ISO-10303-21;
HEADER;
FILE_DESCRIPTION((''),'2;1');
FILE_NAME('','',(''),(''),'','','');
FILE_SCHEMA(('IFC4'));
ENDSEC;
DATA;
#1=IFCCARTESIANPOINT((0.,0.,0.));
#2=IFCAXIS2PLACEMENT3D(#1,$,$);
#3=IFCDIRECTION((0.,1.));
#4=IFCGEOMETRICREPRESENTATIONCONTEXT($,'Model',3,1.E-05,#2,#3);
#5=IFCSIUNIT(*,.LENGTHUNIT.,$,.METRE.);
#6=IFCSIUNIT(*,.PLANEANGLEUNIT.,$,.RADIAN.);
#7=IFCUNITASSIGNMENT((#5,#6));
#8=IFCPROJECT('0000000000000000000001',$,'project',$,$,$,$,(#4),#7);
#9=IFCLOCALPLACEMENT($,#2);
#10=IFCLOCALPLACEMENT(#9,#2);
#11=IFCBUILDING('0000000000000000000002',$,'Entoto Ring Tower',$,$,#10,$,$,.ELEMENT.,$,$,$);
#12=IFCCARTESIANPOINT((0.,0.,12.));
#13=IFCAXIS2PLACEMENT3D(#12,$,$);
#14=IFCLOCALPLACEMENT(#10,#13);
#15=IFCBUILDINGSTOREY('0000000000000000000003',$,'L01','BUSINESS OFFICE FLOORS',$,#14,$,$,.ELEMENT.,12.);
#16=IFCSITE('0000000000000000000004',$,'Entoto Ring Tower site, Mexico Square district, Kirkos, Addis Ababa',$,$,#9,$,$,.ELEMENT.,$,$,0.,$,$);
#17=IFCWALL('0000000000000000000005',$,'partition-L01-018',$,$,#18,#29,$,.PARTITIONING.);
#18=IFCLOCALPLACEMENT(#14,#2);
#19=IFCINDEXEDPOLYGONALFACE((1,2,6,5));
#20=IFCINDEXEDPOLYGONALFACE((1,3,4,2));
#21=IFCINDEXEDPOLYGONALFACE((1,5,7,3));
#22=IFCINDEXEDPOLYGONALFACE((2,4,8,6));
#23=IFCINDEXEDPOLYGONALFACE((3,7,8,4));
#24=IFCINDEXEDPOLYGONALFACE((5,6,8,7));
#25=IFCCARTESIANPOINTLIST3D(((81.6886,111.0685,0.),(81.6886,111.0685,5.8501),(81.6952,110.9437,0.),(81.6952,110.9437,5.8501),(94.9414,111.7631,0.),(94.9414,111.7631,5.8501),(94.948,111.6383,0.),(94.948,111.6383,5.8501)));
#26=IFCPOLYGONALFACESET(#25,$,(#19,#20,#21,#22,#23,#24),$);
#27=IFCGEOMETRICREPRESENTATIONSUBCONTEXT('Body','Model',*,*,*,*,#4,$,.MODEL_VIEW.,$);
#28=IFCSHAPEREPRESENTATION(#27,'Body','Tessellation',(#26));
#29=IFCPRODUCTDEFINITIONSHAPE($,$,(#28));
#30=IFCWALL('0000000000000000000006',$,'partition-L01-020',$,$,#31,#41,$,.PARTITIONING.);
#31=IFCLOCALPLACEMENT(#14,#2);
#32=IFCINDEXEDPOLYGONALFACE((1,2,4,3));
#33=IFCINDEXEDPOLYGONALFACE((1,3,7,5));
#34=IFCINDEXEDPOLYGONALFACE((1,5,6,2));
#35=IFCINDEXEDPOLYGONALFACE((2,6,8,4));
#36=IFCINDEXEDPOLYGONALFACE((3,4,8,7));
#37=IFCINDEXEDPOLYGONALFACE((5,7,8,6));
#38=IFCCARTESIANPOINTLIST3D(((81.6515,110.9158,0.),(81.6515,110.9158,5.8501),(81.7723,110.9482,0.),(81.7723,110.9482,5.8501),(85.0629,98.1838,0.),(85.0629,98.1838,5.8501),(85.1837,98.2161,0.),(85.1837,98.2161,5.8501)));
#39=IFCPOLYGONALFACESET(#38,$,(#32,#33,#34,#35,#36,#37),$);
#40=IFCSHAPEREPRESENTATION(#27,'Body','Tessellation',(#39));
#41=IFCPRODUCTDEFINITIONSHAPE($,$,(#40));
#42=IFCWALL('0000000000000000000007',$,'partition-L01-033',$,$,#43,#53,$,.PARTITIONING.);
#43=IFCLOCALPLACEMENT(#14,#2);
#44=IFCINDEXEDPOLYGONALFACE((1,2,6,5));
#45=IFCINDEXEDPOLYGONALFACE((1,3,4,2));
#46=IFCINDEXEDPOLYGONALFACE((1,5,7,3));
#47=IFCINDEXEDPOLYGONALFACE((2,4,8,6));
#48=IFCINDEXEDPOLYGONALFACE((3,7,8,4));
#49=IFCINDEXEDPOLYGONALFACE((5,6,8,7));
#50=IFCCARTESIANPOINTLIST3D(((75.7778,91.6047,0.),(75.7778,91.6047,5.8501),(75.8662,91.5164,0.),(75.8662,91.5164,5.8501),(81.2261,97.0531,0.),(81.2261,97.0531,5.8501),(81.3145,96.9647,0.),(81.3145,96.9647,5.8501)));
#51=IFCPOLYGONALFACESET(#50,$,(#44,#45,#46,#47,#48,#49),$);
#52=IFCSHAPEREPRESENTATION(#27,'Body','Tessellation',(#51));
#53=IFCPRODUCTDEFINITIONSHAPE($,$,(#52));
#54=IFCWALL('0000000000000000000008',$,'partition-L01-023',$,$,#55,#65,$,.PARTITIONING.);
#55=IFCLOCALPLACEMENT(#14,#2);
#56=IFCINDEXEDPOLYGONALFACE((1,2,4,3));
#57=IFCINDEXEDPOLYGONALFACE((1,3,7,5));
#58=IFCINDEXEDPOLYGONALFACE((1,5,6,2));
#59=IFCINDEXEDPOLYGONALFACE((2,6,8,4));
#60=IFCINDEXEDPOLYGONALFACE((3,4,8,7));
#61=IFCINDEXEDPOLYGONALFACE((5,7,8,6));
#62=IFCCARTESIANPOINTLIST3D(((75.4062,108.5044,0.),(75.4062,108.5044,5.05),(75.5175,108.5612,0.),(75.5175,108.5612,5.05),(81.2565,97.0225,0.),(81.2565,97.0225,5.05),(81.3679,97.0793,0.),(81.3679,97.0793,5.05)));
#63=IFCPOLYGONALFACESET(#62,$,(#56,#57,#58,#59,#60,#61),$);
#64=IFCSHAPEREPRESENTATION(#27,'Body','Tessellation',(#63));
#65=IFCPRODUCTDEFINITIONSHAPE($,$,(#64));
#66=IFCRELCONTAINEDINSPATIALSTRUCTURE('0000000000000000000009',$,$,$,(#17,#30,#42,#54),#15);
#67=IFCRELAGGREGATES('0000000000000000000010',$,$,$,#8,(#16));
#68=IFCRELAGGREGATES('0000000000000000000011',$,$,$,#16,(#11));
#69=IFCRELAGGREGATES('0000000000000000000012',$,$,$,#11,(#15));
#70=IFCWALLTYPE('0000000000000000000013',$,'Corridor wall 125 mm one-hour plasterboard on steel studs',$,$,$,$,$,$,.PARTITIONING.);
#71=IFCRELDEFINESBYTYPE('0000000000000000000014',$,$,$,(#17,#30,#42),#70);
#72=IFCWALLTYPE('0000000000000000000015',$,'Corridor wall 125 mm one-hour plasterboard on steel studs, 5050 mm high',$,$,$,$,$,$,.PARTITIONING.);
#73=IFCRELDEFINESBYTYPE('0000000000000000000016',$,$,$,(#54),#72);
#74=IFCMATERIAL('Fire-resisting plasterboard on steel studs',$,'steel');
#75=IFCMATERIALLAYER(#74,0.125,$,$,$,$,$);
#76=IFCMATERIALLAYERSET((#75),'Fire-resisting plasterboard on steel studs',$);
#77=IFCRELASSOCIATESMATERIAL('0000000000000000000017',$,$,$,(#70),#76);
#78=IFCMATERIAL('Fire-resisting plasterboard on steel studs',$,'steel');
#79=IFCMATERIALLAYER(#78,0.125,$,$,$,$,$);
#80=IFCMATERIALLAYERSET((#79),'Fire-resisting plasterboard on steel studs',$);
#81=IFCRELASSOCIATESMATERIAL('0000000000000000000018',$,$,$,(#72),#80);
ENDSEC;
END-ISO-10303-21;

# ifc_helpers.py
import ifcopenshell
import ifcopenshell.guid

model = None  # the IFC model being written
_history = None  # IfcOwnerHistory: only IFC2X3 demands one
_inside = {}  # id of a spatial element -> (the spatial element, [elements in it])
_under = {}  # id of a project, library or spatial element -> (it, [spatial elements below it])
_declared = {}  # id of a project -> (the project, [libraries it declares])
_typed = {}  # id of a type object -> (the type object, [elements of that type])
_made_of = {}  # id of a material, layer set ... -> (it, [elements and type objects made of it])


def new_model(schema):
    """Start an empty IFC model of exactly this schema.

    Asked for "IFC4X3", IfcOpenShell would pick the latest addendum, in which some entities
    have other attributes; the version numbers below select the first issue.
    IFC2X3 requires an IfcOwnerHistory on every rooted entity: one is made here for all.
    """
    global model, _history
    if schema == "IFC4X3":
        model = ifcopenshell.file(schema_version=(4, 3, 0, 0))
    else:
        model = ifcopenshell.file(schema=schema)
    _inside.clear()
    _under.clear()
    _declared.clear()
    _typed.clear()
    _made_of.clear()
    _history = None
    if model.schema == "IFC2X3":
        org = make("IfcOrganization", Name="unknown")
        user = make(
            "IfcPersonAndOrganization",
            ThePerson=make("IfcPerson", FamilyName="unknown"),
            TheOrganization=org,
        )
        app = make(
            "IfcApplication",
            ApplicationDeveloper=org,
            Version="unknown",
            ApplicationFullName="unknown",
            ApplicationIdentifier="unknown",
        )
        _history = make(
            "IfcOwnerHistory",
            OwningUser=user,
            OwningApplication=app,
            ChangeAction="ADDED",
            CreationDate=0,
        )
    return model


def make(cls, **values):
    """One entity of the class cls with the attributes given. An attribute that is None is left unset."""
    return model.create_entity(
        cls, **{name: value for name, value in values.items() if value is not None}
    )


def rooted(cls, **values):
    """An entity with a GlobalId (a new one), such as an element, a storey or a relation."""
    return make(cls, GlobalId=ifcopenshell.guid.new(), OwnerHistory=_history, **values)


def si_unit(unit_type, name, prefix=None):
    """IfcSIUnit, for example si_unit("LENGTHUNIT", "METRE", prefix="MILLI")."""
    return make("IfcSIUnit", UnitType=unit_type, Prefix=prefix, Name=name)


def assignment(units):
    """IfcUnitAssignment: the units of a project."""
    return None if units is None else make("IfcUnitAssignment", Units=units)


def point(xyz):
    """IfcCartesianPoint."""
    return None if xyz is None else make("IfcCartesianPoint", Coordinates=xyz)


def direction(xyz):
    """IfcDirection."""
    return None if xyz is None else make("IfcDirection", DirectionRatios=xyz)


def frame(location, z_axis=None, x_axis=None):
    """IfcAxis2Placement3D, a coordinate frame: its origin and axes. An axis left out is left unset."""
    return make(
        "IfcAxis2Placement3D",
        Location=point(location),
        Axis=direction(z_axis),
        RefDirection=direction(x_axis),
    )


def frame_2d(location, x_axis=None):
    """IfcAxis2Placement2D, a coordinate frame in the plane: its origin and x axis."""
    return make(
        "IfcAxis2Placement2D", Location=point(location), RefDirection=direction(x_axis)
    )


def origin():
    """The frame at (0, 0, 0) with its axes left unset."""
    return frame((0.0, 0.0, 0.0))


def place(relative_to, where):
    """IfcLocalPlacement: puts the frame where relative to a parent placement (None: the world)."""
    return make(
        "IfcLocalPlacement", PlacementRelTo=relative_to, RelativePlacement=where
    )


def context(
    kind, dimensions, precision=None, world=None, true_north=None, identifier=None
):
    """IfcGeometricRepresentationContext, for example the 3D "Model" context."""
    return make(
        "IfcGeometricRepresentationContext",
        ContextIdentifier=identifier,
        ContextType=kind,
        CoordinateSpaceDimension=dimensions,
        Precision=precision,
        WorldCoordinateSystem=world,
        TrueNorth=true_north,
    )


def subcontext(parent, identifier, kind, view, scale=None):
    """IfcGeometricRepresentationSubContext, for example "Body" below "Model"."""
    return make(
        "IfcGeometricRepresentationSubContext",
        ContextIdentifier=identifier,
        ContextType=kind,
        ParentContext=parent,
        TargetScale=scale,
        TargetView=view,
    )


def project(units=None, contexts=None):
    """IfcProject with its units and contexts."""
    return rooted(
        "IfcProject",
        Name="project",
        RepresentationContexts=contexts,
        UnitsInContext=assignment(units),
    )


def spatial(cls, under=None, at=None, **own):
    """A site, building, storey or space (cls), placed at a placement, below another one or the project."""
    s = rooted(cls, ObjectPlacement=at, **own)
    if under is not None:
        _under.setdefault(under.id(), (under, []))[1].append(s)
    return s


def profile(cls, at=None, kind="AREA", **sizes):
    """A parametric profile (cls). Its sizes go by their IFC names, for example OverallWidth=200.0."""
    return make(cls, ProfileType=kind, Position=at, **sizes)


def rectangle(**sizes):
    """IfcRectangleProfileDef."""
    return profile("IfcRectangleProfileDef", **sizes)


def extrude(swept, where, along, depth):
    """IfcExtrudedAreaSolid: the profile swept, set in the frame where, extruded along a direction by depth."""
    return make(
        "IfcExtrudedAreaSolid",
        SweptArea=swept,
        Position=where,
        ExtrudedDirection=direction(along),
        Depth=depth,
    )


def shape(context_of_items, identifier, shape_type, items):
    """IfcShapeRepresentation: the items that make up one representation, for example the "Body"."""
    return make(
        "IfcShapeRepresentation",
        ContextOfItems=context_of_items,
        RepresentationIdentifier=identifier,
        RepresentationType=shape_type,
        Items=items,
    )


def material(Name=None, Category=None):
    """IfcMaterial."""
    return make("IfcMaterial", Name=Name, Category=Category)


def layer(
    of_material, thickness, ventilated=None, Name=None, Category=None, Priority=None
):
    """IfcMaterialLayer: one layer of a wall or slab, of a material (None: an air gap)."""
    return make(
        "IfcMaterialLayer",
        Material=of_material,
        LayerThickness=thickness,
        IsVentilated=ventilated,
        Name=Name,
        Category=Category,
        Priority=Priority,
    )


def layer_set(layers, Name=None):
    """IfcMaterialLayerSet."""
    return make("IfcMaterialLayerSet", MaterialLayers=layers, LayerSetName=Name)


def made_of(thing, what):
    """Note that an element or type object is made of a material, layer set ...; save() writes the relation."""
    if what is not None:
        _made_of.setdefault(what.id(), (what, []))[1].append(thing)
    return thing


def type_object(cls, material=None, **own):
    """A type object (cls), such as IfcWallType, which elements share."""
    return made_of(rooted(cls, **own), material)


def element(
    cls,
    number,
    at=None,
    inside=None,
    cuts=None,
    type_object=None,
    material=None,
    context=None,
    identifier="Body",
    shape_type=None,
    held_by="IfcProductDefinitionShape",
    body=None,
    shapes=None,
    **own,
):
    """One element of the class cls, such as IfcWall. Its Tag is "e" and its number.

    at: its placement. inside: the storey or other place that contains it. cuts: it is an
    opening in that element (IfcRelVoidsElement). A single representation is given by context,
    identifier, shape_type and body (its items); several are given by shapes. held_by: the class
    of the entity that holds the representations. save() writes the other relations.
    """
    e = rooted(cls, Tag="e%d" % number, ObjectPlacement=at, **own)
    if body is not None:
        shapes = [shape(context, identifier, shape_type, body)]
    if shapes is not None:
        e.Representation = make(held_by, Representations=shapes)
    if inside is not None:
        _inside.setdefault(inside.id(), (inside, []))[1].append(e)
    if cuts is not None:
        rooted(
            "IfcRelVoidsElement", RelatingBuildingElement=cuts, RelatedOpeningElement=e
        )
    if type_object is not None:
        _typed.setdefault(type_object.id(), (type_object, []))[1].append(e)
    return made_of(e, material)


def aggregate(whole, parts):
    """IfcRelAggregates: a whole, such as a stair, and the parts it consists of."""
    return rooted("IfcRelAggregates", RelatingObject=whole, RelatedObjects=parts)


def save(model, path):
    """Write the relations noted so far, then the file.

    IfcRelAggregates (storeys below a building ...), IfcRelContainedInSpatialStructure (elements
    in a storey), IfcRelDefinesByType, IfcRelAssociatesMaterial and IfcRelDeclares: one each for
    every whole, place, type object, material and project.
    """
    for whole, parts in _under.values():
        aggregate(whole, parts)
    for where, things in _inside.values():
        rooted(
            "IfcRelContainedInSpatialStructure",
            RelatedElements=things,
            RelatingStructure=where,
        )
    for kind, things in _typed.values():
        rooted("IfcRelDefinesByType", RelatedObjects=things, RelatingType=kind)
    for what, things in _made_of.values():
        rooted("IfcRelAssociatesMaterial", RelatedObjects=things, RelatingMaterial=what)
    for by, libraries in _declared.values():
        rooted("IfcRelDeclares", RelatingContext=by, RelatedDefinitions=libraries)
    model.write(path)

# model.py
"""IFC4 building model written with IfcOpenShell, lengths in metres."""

from ifc_helpers import new_model, si_unit, direction, frame, frame_2d, origin, place, context, subcontext, project, spatial, rectangle, extrude, material, layer, layer_set, type_object, element, save


model = new_model("IFC4")

# Units and contexts
model_context = context("Model", 3, precision=1e-05, world=origin(), true_north=direction((0.0, 1.0)))
body_context = subcontext(model_context, "Body", "Model", "MODEL_VIEW")
ifc_project = project(units=[si_unit("LENGTHUNIT", "METRE"), si_unit("PLANEANGLEUNIT", "RADIAN")], contexts=[model_context])

# Site, building, storey
site_placement = place(None, origin())
site = spatial("IfcSite", under=ifc_project, at=site_placement, Name="Entoto Ring Tower site, Mexico Square district, Kirkos, Addis Ababa", CompositionType="ELEMENT", RefElevation=0.0)
building_placement = place(site_placement, origin())
building = spatial("IfcBuilding", under=site, at=building_placement, Name="Entoto Ring Tower", CompositionType="ELEMENT")
storey_placement = place(building_placement, frame((0.0, 0.0, 12.0)))
storey = spatial("IfcBuildingStorey", under=building, at=storey_placement, Name="L01", Description="BUSINESS OFFICE FLOORS", CompositionType="ELEMENT", Elevation=12.0)

# Shared definitions
ifc_material_1 = material(Name="Fire-resisting plasterboard on steel studs", Category="steel")
ifc_layer_1 = layer(ifc_material_1, 0.125)
ifc_layer_set_1 = layer_set([ifc_layer_1], Name="Fire-resisting plasterboard on steel studs")
wall_type_1 = type_object("IfcWallType", Name="Corridor wall 125 mm one-hour plasterboard on steel studs", PredefinedType="PARTITIONING", material=ifc_layer_set_1)

# Walls
wall_1_placement = place(storey_placement, frame((81.6919, 111.0061, 0.0), z_axis=(0.0, 0.0, 1.0), x_axis=(0.998629, 0.052339, 0.0)))
element("IfcWall", 1, at=wall_1_placement, inside=storey, type_object=wall_type_1, Name="partition-L01-018", PredefinedType="PARTITIONING", context=body_context, shape_type="SweptSolid", body=[
    extrude(rectangle(XDim=13.271, YDim=0.125, at=frame_2d((6.6355, 0.0))), origin(), (0.0, 0.0, 1.0), 5.8501),
])
wall_2_placement = place(storey_placement, frame((85.1233, 98.2, 0.0), z_axis=(0.0, 0.0, 1.0), x_axis=(-0.25881, 0.965928, 0.0)))
element("IfcWall", 2, at=wall_2_placement, inside=storey, type_object=wall_type_1, Name="partition-L01-020", PredefinedType="PARTITIONING", context=body_context, shape_type="SweptSolid", body=[
    extrude(rectangle(XDim=13.1812, YDim=0.125, at=frame_2d((6.5906, 0.0))), origin(), (0.0, 0.0, 1.0), 5.8501),
])
wall_3_placement = place(storey_placement, frame((75.822, 91.5605, 0.0), z_axis=(0.0, 0.0, 1.0), x_axis=(0.707107, 0.707107, 0.0)))
element("IfcWall", 3, at=wall_3_placement, inside=storey, type_object=wall_type_1, Name="partition-L01-033", PredefinedType="PARTITIONING", context=body_context, shape_type="SweptSolid", body=[
    extrude(rectangle(XDim=7.7051, YDim=0.125, at=frame_2d((3.8525, 0.0))), origin(), (0.0, 0.0, 1.0), 5.8501),
])
ifc_material_2 = material(Name="Fire-resisting plasterboard on steel studs", Category="steel")
ifc_layer_2 = layer(ifc_material_2, 0.125)
ifc_layer_set_2 = layer_set([ifc_layer_2], Name="Fire-resisting plasterboard on steel studs")
wall_type_2 = type_object("IfcWallType", Name="Corridor wall 125 mm one-hour plasterboard on steel studs, 5050 mm high", PredefinedType="PARTITIONING", material=ifc_layer_set_2)
wall_4_placement = place(storey_placement, frame((81.3123, 97.0508, 0.0), z_axis=(0.0, 0.0, 1.0), x_axis=(-0.453991, 0.891006, 0.0)))
element("IfcWall", 4, at=wall_4_placement, inside=storey, type_object=wall_type_2, Name="partition-L01-023", PredefinedType="PARTITIONING", context=body_context, shape_type="SweptSolid", body=[
    extrude(rectangle(XDim=12.8865, YDim=0.125, at=frame_2d((6.4434, 0.0))), origin(), (0.0, 0.0, 1.0), 5.05),
])

save(model, "model.ifc")
